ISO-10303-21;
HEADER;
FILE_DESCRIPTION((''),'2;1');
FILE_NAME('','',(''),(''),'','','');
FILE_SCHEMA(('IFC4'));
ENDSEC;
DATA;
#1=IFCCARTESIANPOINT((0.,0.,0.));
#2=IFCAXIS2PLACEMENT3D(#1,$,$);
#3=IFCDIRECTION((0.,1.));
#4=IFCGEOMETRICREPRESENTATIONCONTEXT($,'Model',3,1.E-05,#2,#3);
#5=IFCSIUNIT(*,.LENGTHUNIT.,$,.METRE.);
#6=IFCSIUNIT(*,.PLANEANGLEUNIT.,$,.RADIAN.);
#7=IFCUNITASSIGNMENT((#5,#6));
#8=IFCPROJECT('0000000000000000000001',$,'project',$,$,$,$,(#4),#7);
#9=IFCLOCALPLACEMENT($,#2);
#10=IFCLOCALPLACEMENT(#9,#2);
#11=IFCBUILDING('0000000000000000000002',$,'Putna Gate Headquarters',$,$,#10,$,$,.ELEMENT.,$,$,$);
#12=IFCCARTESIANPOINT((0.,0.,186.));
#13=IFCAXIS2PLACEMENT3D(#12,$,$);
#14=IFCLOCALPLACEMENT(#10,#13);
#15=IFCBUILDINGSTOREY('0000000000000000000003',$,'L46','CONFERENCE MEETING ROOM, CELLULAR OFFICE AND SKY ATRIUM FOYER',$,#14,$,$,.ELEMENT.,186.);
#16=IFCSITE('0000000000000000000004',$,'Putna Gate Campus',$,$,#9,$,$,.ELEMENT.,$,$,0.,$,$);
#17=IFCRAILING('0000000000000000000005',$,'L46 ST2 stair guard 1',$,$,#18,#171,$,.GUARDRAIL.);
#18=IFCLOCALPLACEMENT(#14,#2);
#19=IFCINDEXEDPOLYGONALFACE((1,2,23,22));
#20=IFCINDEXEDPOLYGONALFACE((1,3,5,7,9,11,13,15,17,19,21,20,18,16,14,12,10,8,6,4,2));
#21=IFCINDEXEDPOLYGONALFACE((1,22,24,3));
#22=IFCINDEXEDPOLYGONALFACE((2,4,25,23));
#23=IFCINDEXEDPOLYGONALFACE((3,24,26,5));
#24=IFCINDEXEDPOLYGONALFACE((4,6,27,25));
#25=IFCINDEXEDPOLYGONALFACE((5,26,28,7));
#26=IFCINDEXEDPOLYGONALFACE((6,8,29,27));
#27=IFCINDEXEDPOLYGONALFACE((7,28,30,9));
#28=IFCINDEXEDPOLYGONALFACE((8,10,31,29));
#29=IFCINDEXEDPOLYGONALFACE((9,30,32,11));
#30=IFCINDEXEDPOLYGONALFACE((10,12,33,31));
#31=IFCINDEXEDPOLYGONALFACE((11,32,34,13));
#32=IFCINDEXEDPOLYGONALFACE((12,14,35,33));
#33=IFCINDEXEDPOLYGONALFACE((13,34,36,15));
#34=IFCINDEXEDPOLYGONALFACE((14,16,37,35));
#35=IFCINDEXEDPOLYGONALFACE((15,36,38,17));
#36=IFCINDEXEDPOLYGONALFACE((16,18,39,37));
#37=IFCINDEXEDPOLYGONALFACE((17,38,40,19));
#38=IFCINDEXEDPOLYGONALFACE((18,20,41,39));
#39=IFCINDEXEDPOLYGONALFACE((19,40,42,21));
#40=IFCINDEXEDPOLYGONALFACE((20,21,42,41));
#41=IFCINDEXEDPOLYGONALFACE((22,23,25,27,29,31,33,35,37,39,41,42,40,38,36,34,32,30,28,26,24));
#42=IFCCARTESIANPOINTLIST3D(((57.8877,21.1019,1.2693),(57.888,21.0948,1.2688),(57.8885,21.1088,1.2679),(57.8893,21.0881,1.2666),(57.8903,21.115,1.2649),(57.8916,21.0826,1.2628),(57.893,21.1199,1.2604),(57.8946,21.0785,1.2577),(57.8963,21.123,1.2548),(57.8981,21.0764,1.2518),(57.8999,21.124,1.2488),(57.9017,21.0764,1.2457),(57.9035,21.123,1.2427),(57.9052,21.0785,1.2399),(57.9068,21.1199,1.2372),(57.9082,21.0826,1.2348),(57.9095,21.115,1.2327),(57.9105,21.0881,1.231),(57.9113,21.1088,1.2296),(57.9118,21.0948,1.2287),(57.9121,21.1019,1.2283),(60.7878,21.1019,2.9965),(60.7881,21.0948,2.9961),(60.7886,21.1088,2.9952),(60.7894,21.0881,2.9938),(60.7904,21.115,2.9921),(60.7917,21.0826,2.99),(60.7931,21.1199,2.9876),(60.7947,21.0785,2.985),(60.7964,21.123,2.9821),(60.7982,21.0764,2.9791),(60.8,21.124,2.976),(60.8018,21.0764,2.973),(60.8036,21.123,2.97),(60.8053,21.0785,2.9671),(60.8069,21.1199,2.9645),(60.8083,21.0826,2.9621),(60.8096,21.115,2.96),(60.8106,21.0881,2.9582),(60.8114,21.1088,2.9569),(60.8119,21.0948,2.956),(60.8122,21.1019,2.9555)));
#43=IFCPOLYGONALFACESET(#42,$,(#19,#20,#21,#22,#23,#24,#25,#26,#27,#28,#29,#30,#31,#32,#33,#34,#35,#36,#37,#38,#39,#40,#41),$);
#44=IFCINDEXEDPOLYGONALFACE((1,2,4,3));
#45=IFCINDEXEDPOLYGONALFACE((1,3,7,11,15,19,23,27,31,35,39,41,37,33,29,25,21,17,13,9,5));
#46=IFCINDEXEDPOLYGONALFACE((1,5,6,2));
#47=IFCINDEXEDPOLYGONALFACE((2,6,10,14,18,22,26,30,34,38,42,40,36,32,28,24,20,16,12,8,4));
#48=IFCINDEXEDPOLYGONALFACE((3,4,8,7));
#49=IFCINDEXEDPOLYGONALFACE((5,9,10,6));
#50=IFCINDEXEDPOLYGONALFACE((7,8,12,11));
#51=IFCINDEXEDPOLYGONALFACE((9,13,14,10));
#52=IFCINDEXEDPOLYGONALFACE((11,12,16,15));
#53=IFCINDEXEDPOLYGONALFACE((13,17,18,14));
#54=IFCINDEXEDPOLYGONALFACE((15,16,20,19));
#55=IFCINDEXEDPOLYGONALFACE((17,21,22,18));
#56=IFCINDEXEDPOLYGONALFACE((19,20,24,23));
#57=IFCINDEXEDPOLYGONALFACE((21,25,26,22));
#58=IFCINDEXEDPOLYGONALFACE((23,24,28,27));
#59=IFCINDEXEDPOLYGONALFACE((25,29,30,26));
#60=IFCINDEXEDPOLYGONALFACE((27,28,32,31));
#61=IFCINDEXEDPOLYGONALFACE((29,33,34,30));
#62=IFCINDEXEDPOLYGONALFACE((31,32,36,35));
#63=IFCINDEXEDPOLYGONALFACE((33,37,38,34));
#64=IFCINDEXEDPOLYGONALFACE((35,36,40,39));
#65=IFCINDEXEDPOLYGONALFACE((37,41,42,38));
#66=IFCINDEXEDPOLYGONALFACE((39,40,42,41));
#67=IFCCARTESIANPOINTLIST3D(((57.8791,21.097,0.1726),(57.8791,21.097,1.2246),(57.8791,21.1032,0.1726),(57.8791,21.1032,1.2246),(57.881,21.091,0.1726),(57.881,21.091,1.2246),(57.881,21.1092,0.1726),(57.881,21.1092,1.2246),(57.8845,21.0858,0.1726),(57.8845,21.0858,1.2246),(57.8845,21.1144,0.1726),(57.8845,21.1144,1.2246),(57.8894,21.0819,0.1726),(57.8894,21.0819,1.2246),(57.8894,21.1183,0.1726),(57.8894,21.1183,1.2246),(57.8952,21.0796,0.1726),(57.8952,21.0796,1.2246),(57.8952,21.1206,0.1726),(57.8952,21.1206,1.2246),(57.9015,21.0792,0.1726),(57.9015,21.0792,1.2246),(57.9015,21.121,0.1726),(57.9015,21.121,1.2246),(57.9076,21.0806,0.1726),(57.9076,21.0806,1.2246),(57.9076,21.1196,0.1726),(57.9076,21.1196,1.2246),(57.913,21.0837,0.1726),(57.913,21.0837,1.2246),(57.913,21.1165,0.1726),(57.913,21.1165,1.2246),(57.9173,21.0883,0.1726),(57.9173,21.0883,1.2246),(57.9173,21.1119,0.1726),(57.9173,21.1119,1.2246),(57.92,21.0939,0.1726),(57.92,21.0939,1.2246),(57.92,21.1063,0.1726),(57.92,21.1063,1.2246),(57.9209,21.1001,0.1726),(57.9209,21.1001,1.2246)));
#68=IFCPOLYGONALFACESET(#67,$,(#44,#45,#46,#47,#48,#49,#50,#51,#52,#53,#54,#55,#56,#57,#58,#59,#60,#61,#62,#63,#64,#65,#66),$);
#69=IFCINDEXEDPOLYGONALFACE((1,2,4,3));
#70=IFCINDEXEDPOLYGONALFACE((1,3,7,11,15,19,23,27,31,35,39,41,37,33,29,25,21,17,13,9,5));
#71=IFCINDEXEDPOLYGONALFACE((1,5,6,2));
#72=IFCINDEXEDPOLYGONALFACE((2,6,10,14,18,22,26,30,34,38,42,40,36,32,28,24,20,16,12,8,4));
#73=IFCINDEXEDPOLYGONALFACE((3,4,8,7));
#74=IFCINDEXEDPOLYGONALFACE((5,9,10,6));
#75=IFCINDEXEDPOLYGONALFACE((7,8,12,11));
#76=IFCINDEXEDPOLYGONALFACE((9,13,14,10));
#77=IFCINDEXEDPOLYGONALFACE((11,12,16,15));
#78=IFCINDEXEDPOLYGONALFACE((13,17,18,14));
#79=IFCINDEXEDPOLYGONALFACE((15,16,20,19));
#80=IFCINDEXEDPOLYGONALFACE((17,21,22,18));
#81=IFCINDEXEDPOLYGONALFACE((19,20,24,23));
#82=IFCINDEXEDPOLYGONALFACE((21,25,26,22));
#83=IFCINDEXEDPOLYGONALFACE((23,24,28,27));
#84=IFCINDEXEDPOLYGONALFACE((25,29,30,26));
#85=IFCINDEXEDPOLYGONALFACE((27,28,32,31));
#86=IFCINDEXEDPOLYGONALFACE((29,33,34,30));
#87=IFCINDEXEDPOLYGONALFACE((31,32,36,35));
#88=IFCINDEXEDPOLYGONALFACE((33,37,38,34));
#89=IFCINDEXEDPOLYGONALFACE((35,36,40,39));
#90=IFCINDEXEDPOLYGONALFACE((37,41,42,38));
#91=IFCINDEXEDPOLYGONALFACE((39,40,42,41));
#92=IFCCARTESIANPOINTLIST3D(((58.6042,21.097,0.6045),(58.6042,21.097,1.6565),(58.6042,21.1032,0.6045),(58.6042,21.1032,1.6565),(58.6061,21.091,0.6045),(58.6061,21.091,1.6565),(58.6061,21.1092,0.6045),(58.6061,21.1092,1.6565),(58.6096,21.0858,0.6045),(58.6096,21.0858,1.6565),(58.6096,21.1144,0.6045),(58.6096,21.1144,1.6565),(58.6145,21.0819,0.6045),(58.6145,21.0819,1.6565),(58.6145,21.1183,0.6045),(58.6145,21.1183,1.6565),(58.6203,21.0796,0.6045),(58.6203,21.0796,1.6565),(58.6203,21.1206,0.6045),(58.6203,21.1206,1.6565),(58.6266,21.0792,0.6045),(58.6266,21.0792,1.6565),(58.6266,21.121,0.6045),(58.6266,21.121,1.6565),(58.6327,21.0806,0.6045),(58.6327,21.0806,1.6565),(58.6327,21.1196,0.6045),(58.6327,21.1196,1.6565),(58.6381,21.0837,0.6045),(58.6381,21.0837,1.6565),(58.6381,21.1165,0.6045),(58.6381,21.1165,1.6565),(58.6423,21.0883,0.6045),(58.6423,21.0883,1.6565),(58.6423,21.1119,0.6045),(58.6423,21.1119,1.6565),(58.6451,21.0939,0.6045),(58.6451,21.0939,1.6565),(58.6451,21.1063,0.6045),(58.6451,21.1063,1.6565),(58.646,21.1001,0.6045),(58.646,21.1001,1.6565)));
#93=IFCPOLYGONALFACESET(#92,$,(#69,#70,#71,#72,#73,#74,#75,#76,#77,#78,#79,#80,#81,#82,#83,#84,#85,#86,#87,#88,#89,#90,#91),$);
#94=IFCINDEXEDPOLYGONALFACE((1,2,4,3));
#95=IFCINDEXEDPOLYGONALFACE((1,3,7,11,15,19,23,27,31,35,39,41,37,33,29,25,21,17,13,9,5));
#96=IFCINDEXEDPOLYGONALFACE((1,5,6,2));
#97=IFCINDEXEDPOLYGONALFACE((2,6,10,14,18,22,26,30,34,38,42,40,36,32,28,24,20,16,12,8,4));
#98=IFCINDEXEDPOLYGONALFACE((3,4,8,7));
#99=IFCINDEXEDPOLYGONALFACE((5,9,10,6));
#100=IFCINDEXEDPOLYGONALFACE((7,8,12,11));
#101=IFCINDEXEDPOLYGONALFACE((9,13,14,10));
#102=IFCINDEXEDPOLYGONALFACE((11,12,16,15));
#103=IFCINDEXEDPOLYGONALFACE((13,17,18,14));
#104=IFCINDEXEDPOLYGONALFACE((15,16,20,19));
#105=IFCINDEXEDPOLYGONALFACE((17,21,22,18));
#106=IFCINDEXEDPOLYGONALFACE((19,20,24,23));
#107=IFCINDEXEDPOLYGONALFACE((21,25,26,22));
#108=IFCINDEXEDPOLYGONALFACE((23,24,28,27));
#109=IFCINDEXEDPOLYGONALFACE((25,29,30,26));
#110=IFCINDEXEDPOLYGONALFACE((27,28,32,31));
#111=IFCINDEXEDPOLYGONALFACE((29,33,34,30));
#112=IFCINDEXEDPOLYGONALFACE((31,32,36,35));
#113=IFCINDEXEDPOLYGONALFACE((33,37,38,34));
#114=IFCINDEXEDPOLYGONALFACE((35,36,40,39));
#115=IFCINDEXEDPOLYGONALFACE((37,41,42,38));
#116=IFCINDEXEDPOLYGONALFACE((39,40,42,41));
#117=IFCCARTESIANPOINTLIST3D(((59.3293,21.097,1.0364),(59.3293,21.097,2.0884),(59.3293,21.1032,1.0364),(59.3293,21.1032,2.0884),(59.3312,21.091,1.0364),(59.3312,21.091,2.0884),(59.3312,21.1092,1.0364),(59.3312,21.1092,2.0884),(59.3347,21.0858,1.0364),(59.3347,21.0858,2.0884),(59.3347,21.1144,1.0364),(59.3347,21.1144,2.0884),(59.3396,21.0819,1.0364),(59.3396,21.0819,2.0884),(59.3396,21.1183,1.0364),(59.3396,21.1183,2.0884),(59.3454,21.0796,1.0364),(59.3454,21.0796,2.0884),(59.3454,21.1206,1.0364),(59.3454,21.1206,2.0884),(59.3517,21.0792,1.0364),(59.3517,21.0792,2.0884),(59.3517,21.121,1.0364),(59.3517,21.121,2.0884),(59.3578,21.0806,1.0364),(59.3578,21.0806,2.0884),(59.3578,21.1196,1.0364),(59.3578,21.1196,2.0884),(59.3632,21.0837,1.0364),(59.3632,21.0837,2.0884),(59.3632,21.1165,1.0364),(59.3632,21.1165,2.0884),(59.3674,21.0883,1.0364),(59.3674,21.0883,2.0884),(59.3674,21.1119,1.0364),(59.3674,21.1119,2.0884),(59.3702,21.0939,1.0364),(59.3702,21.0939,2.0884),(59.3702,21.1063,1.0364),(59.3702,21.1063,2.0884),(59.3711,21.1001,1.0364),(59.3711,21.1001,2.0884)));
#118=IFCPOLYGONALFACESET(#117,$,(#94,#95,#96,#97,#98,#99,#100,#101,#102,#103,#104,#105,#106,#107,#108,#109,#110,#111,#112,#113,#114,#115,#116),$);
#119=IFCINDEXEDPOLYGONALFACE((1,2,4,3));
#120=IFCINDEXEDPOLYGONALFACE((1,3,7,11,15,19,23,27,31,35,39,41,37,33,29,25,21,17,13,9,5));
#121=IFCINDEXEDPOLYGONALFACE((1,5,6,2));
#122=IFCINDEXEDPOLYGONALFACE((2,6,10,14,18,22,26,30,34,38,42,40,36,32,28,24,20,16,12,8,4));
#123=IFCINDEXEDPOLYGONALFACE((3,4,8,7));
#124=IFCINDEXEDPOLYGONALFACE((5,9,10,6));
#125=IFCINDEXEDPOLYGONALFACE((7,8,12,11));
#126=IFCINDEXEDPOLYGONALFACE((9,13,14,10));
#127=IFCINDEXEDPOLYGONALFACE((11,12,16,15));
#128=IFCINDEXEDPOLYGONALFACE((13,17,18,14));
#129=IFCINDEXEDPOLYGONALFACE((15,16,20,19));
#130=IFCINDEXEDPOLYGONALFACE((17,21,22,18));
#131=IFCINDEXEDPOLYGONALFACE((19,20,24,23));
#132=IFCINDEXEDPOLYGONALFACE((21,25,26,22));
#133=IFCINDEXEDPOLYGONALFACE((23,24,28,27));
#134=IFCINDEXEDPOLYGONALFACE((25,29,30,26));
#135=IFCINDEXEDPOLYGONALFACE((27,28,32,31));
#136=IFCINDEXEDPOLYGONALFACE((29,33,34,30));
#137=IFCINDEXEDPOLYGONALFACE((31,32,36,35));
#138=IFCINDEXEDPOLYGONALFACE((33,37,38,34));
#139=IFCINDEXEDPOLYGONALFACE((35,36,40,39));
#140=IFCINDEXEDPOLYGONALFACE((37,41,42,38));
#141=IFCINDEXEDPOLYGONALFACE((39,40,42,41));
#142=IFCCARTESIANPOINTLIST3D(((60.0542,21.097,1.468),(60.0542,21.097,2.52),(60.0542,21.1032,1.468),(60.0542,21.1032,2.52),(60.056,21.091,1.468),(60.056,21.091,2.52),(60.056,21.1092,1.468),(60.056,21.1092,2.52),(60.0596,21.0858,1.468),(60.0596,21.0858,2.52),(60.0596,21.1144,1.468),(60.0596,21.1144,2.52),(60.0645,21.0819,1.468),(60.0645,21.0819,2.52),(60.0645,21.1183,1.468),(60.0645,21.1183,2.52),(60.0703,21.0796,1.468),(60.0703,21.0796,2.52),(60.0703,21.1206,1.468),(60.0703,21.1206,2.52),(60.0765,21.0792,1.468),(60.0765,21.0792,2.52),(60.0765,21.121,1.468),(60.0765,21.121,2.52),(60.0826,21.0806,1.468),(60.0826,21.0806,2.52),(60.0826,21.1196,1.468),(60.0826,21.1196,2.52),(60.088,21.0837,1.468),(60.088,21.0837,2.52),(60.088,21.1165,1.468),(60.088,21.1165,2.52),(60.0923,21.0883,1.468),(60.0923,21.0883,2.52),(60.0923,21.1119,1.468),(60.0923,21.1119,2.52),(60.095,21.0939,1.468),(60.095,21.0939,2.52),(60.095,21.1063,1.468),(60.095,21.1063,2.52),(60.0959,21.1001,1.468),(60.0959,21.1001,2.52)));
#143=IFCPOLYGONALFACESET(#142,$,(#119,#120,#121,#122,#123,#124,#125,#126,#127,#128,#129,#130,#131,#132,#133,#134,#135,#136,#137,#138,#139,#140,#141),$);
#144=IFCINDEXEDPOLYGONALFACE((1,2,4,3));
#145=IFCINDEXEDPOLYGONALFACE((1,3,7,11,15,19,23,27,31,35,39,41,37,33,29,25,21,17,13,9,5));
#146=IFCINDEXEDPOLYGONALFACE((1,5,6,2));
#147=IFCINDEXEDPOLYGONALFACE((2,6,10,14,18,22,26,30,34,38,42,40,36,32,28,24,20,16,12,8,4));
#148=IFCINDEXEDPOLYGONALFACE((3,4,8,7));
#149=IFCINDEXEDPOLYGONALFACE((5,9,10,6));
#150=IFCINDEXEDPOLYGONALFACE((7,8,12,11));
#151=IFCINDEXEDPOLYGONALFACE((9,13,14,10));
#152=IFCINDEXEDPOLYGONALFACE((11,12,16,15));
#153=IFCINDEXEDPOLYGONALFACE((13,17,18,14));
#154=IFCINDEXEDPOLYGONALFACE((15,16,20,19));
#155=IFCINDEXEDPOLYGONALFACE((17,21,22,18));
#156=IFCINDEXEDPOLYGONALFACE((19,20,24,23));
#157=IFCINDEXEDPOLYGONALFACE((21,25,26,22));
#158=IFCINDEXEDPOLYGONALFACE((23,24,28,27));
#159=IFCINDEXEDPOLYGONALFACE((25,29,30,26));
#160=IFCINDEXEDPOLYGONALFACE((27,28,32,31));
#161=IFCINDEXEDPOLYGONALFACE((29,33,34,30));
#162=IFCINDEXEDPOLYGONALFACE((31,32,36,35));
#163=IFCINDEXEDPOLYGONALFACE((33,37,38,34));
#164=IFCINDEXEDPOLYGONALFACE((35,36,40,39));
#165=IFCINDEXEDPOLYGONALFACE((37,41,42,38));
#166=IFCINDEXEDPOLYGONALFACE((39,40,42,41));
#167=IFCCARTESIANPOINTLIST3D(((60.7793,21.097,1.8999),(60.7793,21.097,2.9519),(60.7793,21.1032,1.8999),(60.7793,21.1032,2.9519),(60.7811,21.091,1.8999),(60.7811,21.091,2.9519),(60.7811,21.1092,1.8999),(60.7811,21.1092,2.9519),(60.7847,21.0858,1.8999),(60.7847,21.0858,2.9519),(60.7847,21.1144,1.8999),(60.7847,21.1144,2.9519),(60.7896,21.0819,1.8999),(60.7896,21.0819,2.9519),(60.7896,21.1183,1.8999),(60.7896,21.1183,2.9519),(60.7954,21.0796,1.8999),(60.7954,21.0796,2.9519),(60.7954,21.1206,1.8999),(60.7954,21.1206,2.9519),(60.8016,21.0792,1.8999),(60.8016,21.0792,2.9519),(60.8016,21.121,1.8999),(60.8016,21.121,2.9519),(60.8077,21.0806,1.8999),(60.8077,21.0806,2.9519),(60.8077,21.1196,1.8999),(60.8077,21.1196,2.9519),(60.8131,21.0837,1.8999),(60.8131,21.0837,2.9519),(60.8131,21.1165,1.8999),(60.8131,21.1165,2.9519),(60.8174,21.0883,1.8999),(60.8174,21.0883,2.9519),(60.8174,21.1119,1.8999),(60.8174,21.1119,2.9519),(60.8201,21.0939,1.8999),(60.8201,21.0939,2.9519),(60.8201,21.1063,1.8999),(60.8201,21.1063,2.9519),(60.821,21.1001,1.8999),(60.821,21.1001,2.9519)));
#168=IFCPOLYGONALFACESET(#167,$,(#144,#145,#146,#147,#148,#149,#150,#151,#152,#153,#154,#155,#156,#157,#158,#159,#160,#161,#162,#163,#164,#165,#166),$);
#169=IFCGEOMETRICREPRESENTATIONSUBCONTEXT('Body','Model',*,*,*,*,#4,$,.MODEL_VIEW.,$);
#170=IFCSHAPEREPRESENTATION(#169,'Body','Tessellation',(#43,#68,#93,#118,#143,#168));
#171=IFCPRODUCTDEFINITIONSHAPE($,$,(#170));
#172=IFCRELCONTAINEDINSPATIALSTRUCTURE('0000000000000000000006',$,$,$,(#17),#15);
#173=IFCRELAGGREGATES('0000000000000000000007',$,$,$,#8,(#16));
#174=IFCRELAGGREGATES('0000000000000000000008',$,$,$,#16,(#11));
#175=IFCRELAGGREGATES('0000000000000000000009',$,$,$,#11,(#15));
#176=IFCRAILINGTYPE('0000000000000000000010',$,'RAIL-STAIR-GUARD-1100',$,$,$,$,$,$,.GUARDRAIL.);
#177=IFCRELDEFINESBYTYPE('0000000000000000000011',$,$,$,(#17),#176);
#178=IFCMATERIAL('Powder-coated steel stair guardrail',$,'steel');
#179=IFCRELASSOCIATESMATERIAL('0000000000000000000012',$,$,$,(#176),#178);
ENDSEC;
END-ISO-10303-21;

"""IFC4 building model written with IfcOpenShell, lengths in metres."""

from ifc_helpers import new_model, si_unit, direction, frame, origin, origin_2d, place, context, subcontext, project, spatial, circle, extrude, material, type_object, element, save


model = new_model("IFC4")

# Units and contexts
model_context = context("Model", 3, precision=1e-05, world=origin(), true_north=direction((0.0, 1.0)))
body_context = subcontext(model_context, "Body", "Model", "MODEL_VIEW")
ifc_project = project(units=[si_unit("LENGTHUNIT", "METRE"), si_unit("PLANEANGLEUNIT", "RADIAN")], contexts=[model_context])

# Site, building, storey
site_placement = place(None, origin())
site = spatial("IfcSite", under=ifc_project, at=site_placement, Name="Putna Gate Campus", CompositionType="ELEMENT", RefElevation=0.0)
building_placement = place(site_placement, origin())
building = spatial("IfcBuilding", under=site, at=building_placement, Name="Putna Gate Headquarters", CompositionType="ELEMENT")
storey_placement = place(building_placement, frame((0.0, 0.0, 186.0)))
storey = spatial("IfcBuildingStorey", under=building, at=storey_placement, Name="L46", Description="CONFERENCE MEETING ROOM, CELLULAR OFFICE AND SKY ATRIUM FOYER", CompositionType="ELEMENT", Elevation=186.0)

# Railing
ifc_material_1 = material(Name="Powder-coated steel stair guardrail", Category="steel")
railing_type_1 = type_object("IfcRailingType", Name="RAIL-STAIR-GUARD-1100", PredefinedType="GUARDRAIL", material=ifc_material_1)
railing_1_placement = place(storey_placement, frame((57.8999, 21.1001, 0.1726)))
element("IfcRailing", 1, at=railing_1_placement, inside=storey, type_object=railing_type_1, Name="L46 ST2 stair guard 1", PredefinedType="GUARDRAIL", context=body_context, shape_type="SweptSolid", body=[
    extrude(circle(Radius=0.0239, at=origin_2d()), frame((0.0, 0.0, 1.0762), z_axis=(0.85916, 0.0, 0.511706), x_axis=(0.0, 1.0, 0.0)), (0.0, 0.0, 1.0), 3.3755),
    extrude(circle(Radius=0.021, at=origin_2d()), origin(), (0.0, 0.0, 1.0), 1.052),
    extrude(circle(Radius=0.021, at=origin_2d()), frame((0.7251, 0.0, 0.4319)), (0.0, 0.0, 1.0), 1.052),
    extrude(circle(Radius=0.021, at=origin_2d()), frame((1.4502, 0.0, 0.8638)), (0.0, 0.0, 1.0), 1.052),
    extrude(circle(Radius=0.021, at=origin_2d()), frame((2.175, 0.0, 1.2954)), (0.0, 0.0, 1.0), 1.052),
    extrude(circle(Radius=0.021, at=origin_2d()), frame((2.9001, 0.0, 1.7273)), (0.0, 0.0, 1.0), 1.052),
])

save(model, "model.ifc")
